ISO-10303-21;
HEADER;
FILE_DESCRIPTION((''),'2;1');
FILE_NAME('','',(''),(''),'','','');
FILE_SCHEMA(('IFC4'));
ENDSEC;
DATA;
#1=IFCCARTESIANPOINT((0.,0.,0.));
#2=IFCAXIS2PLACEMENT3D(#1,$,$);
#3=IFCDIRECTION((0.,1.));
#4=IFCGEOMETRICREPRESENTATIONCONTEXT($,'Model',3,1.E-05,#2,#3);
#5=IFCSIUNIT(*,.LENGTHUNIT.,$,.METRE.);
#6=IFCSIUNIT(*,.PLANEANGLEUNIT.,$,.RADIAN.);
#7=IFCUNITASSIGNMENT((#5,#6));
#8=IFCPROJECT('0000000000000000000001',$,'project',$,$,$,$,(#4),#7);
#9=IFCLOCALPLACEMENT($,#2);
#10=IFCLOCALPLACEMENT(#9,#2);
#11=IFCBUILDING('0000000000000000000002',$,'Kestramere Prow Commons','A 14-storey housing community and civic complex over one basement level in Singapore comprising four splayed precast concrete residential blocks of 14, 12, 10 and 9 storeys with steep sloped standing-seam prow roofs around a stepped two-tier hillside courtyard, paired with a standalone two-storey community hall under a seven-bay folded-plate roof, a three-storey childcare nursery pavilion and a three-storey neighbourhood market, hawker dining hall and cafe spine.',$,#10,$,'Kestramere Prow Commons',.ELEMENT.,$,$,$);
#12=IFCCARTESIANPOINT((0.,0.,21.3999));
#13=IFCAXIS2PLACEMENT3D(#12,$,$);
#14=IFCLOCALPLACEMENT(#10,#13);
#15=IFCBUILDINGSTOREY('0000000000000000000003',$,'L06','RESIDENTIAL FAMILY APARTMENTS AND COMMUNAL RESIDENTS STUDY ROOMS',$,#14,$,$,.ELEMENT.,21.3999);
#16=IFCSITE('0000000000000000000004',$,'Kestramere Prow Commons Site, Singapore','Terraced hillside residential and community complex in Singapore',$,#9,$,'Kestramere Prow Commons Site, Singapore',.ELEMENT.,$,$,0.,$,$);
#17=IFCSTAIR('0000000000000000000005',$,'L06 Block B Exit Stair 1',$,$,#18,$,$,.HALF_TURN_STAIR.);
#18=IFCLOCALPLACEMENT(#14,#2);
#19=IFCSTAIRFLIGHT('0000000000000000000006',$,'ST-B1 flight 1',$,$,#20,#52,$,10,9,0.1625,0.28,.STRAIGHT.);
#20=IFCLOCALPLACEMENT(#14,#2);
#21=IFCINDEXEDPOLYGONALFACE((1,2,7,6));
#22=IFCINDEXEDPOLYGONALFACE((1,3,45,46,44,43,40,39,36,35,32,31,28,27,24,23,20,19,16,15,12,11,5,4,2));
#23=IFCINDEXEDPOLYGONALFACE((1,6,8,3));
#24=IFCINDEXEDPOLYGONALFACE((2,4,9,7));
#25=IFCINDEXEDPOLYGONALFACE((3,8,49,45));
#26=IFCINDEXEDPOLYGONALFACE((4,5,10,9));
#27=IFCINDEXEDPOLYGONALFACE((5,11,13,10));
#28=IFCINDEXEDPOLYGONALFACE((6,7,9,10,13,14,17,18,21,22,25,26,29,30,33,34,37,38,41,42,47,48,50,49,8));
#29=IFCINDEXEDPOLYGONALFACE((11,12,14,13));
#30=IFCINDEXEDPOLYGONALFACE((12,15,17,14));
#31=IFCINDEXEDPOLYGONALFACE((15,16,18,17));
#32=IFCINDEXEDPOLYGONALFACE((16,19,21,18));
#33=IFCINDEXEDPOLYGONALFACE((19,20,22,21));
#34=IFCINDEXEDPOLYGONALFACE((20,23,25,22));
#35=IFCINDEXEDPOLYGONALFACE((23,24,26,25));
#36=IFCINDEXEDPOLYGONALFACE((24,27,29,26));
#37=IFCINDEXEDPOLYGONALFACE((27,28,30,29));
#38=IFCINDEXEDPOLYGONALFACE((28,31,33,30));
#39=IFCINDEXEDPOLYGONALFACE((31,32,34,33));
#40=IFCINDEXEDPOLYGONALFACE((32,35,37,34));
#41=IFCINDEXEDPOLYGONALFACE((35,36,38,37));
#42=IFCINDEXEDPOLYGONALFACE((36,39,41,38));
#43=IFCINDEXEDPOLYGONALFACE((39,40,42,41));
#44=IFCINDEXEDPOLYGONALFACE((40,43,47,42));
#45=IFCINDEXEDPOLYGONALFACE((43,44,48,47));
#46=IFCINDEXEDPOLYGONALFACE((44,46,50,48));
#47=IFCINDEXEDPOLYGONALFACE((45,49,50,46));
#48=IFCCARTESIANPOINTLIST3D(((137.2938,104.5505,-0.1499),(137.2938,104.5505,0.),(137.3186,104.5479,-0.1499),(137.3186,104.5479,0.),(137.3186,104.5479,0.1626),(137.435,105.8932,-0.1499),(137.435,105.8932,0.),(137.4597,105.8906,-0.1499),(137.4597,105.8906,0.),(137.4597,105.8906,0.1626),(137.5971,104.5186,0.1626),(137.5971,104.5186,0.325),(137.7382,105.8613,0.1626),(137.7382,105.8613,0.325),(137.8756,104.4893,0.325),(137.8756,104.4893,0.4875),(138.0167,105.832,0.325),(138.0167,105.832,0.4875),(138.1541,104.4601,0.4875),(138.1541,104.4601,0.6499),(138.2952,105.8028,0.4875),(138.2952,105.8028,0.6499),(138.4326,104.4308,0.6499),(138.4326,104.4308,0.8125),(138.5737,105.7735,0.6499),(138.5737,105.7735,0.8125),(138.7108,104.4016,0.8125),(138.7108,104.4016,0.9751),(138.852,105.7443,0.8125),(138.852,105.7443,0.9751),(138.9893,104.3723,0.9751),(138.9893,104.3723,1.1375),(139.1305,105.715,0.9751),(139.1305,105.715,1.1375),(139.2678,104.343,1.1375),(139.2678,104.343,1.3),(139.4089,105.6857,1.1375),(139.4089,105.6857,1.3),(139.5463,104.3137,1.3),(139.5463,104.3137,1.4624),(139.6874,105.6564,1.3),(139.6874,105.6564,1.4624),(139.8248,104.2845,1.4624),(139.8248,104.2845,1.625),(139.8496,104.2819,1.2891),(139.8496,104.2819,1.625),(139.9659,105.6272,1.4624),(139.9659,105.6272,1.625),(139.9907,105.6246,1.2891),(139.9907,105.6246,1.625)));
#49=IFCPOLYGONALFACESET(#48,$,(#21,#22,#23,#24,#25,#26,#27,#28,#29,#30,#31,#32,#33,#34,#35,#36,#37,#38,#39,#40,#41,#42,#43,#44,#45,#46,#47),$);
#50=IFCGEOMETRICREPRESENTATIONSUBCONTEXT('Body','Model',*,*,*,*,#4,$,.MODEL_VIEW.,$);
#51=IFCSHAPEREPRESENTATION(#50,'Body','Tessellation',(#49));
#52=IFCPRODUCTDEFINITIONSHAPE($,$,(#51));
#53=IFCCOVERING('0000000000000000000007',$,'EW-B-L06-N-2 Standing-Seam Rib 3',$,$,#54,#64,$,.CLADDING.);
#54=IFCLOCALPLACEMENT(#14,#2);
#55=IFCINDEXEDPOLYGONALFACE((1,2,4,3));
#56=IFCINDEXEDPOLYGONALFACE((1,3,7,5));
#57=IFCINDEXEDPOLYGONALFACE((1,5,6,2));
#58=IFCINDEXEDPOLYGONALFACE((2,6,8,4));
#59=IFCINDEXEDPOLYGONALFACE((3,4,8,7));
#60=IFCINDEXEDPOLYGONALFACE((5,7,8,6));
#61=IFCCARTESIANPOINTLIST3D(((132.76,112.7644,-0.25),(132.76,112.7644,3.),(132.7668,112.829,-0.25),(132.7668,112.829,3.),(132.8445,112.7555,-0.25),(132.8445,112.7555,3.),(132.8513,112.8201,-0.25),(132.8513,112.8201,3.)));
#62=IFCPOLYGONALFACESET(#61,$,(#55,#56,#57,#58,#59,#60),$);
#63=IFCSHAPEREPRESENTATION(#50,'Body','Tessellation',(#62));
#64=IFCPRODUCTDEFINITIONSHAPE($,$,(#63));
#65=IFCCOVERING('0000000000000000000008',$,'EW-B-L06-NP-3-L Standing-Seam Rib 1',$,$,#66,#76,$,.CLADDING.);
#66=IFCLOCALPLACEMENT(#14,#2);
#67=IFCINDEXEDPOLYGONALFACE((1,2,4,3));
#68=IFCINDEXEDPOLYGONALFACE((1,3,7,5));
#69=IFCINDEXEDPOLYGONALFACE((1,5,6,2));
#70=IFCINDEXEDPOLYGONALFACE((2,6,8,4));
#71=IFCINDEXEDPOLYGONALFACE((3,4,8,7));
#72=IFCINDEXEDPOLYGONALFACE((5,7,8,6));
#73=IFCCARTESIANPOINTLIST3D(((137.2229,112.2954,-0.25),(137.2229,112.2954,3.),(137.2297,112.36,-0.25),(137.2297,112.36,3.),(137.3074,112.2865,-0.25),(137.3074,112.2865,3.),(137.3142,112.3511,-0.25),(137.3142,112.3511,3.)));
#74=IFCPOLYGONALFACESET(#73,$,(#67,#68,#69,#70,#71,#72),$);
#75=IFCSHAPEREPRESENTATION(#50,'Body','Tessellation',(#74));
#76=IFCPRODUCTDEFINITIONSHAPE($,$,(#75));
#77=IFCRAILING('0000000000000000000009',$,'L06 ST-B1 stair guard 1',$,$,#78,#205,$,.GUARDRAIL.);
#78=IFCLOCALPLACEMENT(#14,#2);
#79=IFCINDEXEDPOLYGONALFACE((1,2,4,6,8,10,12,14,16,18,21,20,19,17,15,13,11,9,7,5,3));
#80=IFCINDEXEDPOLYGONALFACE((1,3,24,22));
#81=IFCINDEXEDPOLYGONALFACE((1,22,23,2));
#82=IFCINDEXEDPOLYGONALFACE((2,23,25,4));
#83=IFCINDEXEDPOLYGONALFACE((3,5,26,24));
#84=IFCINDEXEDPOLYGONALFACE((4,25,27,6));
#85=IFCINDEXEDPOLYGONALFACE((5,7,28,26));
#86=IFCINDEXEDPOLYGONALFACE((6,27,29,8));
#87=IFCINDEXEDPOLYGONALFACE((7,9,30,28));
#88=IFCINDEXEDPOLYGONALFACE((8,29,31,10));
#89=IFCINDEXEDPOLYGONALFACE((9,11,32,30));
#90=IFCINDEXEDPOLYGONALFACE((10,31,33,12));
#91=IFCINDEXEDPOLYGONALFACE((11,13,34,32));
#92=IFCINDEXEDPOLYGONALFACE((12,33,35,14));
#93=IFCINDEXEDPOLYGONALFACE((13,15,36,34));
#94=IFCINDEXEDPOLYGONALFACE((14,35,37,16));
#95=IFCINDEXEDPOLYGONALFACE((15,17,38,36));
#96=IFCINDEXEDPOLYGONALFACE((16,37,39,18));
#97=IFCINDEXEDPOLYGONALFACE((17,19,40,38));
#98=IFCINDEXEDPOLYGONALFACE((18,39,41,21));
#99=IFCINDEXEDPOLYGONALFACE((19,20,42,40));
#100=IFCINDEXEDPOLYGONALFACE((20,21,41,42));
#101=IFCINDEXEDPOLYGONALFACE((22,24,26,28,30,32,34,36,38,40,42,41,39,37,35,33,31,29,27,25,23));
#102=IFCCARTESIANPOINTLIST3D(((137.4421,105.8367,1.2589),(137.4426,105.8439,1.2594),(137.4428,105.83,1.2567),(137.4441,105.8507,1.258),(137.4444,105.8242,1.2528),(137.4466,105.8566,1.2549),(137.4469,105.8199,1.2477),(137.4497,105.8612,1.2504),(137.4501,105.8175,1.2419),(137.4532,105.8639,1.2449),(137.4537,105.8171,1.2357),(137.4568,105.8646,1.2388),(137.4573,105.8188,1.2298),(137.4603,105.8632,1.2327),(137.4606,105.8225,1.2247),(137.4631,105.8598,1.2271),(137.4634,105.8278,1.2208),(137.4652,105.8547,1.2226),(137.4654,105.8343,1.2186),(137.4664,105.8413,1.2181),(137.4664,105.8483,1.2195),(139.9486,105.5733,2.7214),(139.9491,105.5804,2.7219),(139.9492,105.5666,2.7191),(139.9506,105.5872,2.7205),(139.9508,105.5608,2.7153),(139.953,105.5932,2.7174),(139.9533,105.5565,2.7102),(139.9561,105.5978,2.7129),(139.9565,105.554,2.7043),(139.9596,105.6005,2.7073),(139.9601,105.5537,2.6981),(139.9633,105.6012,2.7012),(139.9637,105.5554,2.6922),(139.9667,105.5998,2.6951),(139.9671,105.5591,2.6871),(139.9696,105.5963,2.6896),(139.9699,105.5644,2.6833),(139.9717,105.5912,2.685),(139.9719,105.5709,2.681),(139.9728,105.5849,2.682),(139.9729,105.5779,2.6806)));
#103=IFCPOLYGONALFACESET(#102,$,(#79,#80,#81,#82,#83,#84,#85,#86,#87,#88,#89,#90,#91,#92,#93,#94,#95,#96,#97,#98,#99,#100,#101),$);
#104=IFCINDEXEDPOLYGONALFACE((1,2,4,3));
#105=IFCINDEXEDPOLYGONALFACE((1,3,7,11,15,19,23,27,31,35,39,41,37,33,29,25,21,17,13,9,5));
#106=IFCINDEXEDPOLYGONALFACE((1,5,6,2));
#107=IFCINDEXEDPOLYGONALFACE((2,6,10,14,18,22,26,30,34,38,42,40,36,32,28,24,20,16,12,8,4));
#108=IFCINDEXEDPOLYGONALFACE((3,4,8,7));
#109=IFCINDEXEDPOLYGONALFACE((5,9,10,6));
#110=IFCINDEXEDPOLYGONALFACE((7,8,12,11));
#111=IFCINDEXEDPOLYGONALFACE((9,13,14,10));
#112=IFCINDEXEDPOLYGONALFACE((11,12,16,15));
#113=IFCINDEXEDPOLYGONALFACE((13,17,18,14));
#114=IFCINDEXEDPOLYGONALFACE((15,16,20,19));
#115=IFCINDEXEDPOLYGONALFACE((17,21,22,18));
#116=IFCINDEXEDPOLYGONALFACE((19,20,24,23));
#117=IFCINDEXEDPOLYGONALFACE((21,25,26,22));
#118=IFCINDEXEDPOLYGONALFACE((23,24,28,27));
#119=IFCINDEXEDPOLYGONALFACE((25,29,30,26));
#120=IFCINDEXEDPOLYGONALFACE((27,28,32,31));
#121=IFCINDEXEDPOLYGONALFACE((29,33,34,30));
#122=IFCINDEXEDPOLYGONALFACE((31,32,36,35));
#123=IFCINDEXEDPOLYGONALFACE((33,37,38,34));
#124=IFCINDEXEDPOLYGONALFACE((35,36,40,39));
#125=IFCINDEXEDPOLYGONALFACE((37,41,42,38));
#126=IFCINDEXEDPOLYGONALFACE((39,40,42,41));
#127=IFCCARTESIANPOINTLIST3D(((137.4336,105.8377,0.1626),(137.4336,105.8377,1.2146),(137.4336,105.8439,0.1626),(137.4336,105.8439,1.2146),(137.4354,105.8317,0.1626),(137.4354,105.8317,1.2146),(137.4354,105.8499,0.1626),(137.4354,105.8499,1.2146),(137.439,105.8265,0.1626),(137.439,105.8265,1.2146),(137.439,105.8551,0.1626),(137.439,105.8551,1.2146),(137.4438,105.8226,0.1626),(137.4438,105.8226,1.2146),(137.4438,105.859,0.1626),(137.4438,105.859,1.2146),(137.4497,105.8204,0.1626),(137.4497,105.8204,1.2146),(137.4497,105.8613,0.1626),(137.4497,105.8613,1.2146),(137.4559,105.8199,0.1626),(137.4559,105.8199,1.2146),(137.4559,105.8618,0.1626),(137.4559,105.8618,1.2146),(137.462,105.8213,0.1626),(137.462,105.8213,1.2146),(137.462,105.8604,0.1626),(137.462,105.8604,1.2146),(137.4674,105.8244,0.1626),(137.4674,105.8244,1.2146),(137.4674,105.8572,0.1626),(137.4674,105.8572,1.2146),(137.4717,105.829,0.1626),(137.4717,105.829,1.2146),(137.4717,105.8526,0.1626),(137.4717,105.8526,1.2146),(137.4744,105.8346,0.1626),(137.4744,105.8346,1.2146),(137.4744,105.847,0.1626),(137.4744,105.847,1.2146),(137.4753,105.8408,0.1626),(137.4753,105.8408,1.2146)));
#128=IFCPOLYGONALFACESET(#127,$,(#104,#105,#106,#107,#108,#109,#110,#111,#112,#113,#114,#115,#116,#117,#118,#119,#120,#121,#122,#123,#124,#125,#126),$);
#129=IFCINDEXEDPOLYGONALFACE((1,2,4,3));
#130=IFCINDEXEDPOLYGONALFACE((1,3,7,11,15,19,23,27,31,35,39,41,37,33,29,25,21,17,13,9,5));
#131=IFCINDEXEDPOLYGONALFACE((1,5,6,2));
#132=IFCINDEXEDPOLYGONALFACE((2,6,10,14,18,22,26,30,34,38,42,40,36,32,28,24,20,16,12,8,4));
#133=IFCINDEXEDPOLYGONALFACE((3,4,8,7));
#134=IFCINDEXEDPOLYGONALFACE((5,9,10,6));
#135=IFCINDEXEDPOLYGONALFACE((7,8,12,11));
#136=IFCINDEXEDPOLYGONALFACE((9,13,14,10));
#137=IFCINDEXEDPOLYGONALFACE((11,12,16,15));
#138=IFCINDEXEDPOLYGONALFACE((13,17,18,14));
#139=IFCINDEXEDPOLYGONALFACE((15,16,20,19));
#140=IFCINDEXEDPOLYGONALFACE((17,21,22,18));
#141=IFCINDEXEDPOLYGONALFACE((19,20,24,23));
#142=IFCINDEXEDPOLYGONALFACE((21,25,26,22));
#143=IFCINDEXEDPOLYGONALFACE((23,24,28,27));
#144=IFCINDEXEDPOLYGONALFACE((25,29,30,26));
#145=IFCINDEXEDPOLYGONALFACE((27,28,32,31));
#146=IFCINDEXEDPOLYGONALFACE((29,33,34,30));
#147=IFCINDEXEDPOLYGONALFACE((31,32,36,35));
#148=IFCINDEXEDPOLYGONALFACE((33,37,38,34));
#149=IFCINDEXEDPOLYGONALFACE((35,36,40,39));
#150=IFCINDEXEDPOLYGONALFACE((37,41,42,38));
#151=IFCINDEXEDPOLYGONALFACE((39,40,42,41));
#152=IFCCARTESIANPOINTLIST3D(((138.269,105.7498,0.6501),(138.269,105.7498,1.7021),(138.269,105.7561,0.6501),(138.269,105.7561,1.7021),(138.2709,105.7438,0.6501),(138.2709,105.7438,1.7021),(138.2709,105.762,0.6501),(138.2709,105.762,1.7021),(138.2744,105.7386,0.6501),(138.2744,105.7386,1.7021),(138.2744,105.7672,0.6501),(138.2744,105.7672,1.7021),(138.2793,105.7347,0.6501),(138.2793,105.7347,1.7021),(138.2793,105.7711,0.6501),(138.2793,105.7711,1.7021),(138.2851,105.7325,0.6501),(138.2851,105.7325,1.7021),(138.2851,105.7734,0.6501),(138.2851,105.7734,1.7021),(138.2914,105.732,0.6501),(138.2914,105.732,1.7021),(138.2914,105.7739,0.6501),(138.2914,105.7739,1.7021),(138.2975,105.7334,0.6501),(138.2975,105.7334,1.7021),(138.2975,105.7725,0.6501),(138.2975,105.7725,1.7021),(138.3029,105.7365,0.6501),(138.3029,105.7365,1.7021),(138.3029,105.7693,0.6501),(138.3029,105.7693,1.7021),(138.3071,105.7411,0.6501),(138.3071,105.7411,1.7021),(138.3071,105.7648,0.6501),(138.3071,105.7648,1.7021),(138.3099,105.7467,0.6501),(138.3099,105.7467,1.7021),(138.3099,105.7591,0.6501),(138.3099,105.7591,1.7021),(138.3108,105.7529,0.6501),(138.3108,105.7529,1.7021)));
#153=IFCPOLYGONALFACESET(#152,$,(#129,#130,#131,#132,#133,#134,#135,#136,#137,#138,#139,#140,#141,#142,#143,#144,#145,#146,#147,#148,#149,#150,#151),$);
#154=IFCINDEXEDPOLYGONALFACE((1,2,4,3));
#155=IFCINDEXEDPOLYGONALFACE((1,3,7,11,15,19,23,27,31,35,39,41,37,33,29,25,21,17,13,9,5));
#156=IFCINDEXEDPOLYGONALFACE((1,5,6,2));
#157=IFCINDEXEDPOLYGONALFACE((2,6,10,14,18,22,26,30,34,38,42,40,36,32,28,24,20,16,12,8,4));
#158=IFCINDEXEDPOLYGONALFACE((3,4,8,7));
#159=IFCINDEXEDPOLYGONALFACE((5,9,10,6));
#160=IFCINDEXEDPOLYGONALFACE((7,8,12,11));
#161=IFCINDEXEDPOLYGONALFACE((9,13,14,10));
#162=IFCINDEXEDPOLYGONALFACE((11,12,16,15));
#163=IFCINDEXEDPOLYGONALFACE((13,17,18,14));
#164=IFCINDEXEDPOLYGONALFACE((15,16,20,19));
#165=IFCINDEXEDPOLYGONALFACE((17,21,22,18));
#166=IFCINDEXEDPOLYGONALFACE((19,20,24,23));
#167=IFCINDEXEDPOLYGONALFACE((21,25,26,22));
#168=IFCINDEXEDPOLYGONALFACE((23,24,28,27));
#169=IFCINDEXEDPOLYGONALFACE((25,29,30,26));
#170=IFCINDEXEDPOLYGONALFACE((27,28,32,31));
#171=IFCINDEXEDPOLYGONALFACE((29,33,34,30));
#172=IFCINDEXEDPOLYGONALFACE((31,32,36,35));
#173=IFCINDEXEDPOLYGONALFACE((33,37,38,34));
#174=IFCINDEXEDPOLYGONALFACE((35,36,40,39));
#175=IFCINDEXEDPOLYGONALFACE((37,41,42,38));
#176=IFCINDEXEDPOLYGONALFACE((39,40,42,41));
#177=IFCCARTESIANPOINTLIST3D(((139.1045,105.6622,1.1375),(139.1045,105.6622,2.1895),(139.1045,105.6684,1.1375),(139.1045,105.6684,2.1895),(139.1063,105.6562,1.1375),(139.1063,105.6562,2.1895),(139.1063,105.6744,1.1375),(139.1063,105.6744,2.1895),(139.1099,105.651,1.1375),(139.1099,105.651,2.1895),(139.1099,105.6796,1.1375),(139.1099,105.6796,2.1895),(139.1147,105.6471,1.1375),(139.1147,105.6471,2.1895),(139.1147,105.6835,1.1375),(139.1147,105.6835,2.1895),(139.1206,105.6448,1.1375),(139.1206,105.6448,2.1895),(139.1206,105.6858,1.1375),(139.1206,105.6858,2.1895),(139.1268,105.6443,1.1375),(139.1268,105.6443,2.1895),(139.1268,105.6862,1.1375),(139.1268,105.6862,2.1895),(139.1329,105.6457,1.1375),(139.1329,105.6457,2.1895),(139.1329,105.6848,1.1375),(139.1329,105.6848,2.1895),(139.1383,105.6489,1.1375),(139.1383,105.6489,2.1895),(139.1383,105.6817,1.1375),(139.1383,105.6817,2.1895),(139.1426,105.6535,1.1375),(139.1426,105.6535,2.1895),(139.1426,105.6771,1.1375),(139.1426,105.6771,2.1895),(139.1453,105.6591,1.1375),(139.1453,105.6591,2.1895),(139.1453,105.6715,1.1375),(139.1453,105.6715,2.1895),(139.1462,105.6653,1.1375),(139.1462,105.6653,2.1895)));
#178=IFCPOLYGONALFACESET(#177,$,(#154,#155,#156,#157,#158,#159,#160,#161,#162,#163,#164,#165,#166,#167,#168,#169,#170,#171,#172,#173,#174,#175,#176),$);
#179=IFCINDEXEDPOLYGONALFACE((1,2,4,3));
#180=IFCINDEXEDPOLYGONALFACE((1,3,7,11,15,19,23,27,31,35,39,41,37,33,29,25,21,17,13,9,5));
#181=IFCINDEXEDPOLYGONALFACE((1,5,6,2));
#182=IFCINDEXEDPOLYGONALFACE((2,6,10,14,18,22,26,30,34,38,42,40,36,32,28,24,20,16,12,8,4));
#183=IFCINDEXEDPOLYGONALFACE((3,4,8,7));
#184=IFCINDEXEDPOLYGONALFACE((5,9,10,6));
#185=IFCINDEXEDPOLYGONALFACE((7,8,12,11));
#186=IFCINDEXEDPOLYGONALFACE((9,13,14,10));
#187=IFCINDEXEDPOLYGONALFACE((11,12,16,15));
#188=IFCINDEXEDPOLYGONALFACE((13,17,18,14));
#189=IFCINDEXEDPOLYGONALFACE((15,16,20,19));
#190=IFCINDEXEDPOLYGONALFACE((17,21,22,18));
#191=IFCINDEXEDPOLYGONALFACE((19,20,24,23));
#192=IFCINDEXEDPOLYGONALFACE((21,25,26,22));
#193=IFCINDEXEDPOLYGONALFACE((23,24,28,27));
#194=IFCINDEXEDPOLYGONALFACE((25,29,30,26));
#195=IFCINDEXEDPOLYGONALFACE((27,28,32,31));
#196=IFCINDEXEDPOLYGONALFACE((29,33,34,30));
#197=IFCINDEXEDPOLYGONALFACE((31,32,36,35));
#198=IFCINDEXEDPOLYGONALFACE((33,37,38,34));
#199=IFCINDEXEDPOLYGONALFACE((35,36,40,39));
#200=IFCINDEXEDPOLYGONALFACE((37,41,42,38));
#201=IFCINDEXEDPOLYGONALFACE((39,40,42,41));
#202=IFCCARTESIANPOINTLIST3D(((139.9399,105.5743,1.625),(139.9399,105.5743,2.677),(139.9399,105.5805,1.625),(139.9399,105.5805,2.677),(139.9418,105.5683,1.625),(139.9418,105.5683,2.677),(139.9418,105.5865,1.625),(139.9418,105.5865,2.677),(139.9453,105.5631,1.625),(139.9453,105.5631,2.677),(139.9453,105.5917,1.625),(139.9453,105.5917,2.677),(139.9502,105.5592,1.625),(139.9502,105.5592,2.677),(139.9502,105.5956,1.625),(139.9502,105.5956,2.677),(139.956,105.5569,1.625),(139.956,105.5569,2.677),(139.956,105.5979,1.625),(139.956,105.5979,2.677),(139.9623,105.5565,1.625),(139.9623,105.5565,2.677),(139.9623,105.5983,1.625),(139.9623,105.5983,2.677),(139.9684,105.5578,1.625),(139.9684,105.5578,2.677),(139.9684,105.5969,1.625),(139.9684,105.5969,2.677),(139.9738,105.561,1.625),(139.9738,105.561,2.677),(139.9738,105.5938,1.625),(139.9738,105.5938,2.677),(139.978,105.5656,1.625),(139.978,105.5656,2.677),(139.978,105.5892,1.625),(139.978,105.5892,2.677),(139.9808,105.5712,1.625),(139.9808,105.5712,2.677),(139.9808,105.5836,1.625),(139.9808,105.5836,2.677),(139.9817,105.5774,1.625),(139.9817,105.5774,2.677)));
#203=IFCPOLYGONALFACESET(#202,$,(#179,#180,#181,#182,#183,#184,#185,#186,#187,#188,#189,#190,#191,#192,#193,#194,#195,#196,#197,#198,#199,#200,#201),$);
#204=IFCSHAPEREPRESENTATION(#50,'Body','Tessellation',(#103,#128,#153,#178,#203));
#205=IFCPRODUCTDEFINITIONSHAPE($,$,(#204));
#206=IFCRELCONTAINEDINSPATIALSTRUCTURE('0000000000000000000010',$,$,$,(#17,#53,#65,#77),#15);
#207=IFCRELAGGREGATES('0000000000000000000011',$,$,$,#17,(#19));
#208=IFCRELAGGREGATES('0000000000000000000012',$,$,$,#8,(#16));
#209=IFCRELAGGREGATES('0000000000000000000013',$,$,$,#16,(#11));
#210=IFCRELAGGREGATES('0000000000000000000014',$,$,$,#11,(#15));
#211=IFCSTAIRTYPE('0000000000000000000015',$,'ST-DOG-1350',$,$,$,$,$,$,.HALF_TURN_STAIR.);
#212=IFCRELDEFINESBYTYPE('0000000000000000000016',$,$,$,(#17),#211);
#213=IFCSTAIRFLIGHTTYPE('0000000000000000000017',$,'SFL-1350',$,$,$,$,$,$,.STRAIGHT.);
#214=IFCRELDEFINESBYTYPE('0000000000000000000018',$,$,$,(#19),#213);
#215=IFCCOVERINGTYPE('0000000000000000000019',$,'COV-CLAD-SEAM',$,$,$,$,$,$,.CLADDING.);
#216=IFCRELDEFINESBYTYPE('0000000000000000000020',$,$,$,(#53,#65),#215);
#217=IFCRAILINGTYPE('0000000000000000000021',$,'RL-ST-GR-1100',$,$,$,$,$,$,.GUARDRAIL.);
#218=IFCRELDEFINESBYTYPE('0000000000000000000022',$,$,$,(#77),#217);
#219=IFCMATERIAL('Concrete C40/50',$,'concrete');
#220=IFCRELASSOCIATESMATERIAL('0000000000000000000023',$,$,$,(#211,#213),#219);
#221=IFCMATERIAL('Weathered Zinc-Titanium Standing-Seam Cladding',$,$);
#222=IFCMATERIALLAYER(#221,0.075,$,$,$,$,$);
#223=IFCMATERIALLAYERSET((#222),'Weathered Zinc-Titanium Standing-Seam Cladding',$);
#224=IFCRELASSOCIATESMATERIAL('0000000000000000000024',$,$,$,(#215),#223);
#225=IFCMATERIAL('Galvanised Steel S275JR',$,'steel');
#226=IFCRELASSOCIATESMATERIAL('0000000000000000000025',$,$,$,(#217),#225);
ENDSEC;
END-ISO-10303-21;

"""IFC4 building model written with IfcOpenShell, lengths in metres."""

from ifc_helpers import new_model, si_unit, direction, frame, origin, origin_2d, place, context, subcontext, project, spatial, polyline, rectangle, circle, outline, extrude, material, layer, layer_set, type_object, element, aggregate, save


model = new_model("IFC4")

# Units and contexts
model_context = context("Model", 3, precision=1e-05, world=origin(), true_north=direction((0.0, 1.0)))
body_context = subcontext(model_context, "Body", "Model", "MODEL_VIEW")
ifc_project = project(units=[si_unit("LENGTHUNIT", "METRE"), si_unit("PLANEANGLEUNIT", "RADIAN")], contexts=[model_context])

# Site, building, storey
site_placement = place(None, origin())
site = spatial("IfcSite", under=ifc_project, at=site_placement, Name="Kestramere Prow Commons Site, Singapore", Description="Terraced hillside residential and community complex in Singapore", LongName="Kestramere Prow Commons Site, Singapore", CompositionType="ELEMENT", RefElevation=0.0)
building_placement = place(site_placement, origin())
building = spatial("IfcBuilding", under=site, at=building_placement, Name="Kestramere Prow Commons", Description="A 14-storey housing community and civic complex over one basement level in Singapore comprising four splayed precast concrete residential blocks of 14, 12, 10 and 9 storeys with steep sloped standing-seam prow roofs around a stepped two-tier hillside courtyard, paired with a standalone two-storey community hall under a seven-bay folded-plate roof, a three-storey childcare nursery pavilion and a three-storey neighbourhood market, hawker dining hall and cafe spine.", LongName="Kestramere Prow Commons", CompositionType="ELEMENT")
storey_placement = place(building_placement, frame((0.0, 0.0, 21.3999)))
storey = spatial("IfcBuildingStorey", under=building, at=storey_placement, Name="L06", Description="RESIDENTIAL FAMILY APARTMENTS AND COMMUNAL RESIDENTS STUDY ROOMS", CompositionType="ELEMENT", Elevation=21.3999)

# Shared definitions
ifc_material_1 = material(Name="Concrete C40/50", Category="concrete")

# Stair, stair flight
stair_type = type_object("IfcStairType", Name="ST-DOG-1350", PredefinedType="HALF_TURN_STAIR", material=ifc_material_1)
stair_placement = place(storey_placement, origin())
stair = element("IfcStair", 1, at=stair_placement, inside=storey, type_object=stair_type, Name="L06 Block B Exit Stair 1", PredefinedType="HALF_TURN_STAIR")
stair_flight_type = type_object("IfcStairFlightType", Name="SFL-1350", PredefinedType="STRAIGHT", material=ifc_material_1)
stair_flight_placement = place(storey_placement, frame((137.3892, 105.2192, 0.0), z_axis=(0.0, 0.0, 1.0), x_axis=(0.994522, -0.104528, 0.0)))
stair_flight = element("IfcStairFlight", 2, at=stair_flight_placement, type_object=stair_flight_type, Name="ST-B1 flight 1", NumberOfRisers=10, NumberOfTreads=9, PredefinedType="STRAIGHT", RiserHeight=0.1625, TreadLength=0.28, context=body_context, shape_type="SweptSolid", body=[
    extrude(outline(polyline([(-0.0249, 0.0), (0.0, 0.0), (0.0, 0.1626), (0.28, 0.1626), (0.28, 0.325), (0.5601, 0.325), (0.5601, 0.4875), (0.8401, 0.4875), (0.8401, 0.6499), (1.1201, 0.6499), (1.1201, 0.8125), (1.3999, 0.8125), (1.3999, 0.9751), (1.6799, 0.9751), (1.6799, 1.1375), (1.96, 1.1375), (1.96, 1.3), (2.24, 1.3), (2.24, 1.4624), (2.52, 1.4624), (2.52, 1.625), (2.5449, 1.625), (2.5449, 1.2891), (0.0, -0.1499), (-0.0249, -0.1499), (-0.0249, 0.0)])), frame((0.0, 0.675, 0.0), z_axis=(0.0, -1.0, 0.0), x_axis=(1.0, 0.0, 0.0)), (0.0, 0.0, 1.0), 1.3501),
])
aggregate(stair, [stair_flight])

# Coverings
ifc_material_2 = material(Name="Weathered Zinc-Titanium Standing-Seam Cladding")
ifc_layer_1 = layer(ifc_material_2, 0.075)
ifc_layer_set_1 = layer_set([ifc_layer_1], Name="Weathered Zinc-Titanium Standing-Seam Cladding")
covering_type = type_object("IfcCoveringType", Name="COV-CLAD-SEAM", PredefinedType="CLADDING", material=ifc_layer_set_1)
for number, where, z_axis, x_axis, name in (
    (3, (132.8057, 112.7922, -0.25), (0.0, 0.0, 1.0), (0.994522, -0.104528, 0.0), "EW-B-L06-N-2 Standing-Seam Rib 3"),
    (4, (137.2686, 112.3232, -0.25), (0.0, 0.0, 1.0), (0.994522, -0.104528, 0.0), "EW-B-L06-NP-3-L Standing-Seam Rib 1"),
):
    element("IfcCovering", number, at=place(storey_placement, frame(where, z_axis=z_axis, x_axis=x_axis)), inside=storey, type_object=covering_type, Name=name, PredefinedType="CLADDING", context=body_context, shape_type="SweptSolid", body=[
        extrude(rectangle(XDim=0.085, YDim=0.0649, at=origin_2d()), origin(), (0.0, 0.0, 1.0), 3.25),
    ])

# Railing
ifc_material_3 = material(Name="Galvanised Steel S275JR", Category="steel")
railing_type_1 = type_object("IfcRailingType", Name="RL-ST-GR-1100", PredefinedType="GUARDRAIL", material=ifc_material_3)
railing_1_placement = place(storey_placement, frame((137.4543, 105.8408, 0.1626)))
element("IfcRailing", 5, at=railing_1_placement, inside=storey, type_object=railing_type_1, Name="L06 ST-B1 stair guard 1", PredefinedType="GUARDRAIL", context=body_context, shape_type="SweptSolid", body=[
    extrude(circle(Radius=0.0239, at=origin_2d()), frame((0.0, 0.0, 1.0762), z_axis=(0.860187, -0.090409, 0.501901), x_axis=(0.104528, 0.994522, 0.0)), (0.0, 0.0, 1.0), 2.9138),
    extrude(circle(Radius=0.021, at=origin_2d()), origin(), (0.0, 0.0, 1.0), 1.052),
    extrude(circle(Radius=0.021, at=origin_2d()), frame((0.8354, -0.0879, 0.4875)), (0.0, 0.0, 1.0), 1.052),
    extrude(circle(Radius=0.021, at=origin_2d()), frame((1.6709, -0.1755, 0.9749)), (0.0, 0.0, 1.0), 1.052),
    extrude(circle(Radius=0.021, at=origin_2d()), frame((2.5063, -0.2634, 1.4624)), (0.0, 0.0, 1.0), 1.052),
])

save(model, "model.ifc")
